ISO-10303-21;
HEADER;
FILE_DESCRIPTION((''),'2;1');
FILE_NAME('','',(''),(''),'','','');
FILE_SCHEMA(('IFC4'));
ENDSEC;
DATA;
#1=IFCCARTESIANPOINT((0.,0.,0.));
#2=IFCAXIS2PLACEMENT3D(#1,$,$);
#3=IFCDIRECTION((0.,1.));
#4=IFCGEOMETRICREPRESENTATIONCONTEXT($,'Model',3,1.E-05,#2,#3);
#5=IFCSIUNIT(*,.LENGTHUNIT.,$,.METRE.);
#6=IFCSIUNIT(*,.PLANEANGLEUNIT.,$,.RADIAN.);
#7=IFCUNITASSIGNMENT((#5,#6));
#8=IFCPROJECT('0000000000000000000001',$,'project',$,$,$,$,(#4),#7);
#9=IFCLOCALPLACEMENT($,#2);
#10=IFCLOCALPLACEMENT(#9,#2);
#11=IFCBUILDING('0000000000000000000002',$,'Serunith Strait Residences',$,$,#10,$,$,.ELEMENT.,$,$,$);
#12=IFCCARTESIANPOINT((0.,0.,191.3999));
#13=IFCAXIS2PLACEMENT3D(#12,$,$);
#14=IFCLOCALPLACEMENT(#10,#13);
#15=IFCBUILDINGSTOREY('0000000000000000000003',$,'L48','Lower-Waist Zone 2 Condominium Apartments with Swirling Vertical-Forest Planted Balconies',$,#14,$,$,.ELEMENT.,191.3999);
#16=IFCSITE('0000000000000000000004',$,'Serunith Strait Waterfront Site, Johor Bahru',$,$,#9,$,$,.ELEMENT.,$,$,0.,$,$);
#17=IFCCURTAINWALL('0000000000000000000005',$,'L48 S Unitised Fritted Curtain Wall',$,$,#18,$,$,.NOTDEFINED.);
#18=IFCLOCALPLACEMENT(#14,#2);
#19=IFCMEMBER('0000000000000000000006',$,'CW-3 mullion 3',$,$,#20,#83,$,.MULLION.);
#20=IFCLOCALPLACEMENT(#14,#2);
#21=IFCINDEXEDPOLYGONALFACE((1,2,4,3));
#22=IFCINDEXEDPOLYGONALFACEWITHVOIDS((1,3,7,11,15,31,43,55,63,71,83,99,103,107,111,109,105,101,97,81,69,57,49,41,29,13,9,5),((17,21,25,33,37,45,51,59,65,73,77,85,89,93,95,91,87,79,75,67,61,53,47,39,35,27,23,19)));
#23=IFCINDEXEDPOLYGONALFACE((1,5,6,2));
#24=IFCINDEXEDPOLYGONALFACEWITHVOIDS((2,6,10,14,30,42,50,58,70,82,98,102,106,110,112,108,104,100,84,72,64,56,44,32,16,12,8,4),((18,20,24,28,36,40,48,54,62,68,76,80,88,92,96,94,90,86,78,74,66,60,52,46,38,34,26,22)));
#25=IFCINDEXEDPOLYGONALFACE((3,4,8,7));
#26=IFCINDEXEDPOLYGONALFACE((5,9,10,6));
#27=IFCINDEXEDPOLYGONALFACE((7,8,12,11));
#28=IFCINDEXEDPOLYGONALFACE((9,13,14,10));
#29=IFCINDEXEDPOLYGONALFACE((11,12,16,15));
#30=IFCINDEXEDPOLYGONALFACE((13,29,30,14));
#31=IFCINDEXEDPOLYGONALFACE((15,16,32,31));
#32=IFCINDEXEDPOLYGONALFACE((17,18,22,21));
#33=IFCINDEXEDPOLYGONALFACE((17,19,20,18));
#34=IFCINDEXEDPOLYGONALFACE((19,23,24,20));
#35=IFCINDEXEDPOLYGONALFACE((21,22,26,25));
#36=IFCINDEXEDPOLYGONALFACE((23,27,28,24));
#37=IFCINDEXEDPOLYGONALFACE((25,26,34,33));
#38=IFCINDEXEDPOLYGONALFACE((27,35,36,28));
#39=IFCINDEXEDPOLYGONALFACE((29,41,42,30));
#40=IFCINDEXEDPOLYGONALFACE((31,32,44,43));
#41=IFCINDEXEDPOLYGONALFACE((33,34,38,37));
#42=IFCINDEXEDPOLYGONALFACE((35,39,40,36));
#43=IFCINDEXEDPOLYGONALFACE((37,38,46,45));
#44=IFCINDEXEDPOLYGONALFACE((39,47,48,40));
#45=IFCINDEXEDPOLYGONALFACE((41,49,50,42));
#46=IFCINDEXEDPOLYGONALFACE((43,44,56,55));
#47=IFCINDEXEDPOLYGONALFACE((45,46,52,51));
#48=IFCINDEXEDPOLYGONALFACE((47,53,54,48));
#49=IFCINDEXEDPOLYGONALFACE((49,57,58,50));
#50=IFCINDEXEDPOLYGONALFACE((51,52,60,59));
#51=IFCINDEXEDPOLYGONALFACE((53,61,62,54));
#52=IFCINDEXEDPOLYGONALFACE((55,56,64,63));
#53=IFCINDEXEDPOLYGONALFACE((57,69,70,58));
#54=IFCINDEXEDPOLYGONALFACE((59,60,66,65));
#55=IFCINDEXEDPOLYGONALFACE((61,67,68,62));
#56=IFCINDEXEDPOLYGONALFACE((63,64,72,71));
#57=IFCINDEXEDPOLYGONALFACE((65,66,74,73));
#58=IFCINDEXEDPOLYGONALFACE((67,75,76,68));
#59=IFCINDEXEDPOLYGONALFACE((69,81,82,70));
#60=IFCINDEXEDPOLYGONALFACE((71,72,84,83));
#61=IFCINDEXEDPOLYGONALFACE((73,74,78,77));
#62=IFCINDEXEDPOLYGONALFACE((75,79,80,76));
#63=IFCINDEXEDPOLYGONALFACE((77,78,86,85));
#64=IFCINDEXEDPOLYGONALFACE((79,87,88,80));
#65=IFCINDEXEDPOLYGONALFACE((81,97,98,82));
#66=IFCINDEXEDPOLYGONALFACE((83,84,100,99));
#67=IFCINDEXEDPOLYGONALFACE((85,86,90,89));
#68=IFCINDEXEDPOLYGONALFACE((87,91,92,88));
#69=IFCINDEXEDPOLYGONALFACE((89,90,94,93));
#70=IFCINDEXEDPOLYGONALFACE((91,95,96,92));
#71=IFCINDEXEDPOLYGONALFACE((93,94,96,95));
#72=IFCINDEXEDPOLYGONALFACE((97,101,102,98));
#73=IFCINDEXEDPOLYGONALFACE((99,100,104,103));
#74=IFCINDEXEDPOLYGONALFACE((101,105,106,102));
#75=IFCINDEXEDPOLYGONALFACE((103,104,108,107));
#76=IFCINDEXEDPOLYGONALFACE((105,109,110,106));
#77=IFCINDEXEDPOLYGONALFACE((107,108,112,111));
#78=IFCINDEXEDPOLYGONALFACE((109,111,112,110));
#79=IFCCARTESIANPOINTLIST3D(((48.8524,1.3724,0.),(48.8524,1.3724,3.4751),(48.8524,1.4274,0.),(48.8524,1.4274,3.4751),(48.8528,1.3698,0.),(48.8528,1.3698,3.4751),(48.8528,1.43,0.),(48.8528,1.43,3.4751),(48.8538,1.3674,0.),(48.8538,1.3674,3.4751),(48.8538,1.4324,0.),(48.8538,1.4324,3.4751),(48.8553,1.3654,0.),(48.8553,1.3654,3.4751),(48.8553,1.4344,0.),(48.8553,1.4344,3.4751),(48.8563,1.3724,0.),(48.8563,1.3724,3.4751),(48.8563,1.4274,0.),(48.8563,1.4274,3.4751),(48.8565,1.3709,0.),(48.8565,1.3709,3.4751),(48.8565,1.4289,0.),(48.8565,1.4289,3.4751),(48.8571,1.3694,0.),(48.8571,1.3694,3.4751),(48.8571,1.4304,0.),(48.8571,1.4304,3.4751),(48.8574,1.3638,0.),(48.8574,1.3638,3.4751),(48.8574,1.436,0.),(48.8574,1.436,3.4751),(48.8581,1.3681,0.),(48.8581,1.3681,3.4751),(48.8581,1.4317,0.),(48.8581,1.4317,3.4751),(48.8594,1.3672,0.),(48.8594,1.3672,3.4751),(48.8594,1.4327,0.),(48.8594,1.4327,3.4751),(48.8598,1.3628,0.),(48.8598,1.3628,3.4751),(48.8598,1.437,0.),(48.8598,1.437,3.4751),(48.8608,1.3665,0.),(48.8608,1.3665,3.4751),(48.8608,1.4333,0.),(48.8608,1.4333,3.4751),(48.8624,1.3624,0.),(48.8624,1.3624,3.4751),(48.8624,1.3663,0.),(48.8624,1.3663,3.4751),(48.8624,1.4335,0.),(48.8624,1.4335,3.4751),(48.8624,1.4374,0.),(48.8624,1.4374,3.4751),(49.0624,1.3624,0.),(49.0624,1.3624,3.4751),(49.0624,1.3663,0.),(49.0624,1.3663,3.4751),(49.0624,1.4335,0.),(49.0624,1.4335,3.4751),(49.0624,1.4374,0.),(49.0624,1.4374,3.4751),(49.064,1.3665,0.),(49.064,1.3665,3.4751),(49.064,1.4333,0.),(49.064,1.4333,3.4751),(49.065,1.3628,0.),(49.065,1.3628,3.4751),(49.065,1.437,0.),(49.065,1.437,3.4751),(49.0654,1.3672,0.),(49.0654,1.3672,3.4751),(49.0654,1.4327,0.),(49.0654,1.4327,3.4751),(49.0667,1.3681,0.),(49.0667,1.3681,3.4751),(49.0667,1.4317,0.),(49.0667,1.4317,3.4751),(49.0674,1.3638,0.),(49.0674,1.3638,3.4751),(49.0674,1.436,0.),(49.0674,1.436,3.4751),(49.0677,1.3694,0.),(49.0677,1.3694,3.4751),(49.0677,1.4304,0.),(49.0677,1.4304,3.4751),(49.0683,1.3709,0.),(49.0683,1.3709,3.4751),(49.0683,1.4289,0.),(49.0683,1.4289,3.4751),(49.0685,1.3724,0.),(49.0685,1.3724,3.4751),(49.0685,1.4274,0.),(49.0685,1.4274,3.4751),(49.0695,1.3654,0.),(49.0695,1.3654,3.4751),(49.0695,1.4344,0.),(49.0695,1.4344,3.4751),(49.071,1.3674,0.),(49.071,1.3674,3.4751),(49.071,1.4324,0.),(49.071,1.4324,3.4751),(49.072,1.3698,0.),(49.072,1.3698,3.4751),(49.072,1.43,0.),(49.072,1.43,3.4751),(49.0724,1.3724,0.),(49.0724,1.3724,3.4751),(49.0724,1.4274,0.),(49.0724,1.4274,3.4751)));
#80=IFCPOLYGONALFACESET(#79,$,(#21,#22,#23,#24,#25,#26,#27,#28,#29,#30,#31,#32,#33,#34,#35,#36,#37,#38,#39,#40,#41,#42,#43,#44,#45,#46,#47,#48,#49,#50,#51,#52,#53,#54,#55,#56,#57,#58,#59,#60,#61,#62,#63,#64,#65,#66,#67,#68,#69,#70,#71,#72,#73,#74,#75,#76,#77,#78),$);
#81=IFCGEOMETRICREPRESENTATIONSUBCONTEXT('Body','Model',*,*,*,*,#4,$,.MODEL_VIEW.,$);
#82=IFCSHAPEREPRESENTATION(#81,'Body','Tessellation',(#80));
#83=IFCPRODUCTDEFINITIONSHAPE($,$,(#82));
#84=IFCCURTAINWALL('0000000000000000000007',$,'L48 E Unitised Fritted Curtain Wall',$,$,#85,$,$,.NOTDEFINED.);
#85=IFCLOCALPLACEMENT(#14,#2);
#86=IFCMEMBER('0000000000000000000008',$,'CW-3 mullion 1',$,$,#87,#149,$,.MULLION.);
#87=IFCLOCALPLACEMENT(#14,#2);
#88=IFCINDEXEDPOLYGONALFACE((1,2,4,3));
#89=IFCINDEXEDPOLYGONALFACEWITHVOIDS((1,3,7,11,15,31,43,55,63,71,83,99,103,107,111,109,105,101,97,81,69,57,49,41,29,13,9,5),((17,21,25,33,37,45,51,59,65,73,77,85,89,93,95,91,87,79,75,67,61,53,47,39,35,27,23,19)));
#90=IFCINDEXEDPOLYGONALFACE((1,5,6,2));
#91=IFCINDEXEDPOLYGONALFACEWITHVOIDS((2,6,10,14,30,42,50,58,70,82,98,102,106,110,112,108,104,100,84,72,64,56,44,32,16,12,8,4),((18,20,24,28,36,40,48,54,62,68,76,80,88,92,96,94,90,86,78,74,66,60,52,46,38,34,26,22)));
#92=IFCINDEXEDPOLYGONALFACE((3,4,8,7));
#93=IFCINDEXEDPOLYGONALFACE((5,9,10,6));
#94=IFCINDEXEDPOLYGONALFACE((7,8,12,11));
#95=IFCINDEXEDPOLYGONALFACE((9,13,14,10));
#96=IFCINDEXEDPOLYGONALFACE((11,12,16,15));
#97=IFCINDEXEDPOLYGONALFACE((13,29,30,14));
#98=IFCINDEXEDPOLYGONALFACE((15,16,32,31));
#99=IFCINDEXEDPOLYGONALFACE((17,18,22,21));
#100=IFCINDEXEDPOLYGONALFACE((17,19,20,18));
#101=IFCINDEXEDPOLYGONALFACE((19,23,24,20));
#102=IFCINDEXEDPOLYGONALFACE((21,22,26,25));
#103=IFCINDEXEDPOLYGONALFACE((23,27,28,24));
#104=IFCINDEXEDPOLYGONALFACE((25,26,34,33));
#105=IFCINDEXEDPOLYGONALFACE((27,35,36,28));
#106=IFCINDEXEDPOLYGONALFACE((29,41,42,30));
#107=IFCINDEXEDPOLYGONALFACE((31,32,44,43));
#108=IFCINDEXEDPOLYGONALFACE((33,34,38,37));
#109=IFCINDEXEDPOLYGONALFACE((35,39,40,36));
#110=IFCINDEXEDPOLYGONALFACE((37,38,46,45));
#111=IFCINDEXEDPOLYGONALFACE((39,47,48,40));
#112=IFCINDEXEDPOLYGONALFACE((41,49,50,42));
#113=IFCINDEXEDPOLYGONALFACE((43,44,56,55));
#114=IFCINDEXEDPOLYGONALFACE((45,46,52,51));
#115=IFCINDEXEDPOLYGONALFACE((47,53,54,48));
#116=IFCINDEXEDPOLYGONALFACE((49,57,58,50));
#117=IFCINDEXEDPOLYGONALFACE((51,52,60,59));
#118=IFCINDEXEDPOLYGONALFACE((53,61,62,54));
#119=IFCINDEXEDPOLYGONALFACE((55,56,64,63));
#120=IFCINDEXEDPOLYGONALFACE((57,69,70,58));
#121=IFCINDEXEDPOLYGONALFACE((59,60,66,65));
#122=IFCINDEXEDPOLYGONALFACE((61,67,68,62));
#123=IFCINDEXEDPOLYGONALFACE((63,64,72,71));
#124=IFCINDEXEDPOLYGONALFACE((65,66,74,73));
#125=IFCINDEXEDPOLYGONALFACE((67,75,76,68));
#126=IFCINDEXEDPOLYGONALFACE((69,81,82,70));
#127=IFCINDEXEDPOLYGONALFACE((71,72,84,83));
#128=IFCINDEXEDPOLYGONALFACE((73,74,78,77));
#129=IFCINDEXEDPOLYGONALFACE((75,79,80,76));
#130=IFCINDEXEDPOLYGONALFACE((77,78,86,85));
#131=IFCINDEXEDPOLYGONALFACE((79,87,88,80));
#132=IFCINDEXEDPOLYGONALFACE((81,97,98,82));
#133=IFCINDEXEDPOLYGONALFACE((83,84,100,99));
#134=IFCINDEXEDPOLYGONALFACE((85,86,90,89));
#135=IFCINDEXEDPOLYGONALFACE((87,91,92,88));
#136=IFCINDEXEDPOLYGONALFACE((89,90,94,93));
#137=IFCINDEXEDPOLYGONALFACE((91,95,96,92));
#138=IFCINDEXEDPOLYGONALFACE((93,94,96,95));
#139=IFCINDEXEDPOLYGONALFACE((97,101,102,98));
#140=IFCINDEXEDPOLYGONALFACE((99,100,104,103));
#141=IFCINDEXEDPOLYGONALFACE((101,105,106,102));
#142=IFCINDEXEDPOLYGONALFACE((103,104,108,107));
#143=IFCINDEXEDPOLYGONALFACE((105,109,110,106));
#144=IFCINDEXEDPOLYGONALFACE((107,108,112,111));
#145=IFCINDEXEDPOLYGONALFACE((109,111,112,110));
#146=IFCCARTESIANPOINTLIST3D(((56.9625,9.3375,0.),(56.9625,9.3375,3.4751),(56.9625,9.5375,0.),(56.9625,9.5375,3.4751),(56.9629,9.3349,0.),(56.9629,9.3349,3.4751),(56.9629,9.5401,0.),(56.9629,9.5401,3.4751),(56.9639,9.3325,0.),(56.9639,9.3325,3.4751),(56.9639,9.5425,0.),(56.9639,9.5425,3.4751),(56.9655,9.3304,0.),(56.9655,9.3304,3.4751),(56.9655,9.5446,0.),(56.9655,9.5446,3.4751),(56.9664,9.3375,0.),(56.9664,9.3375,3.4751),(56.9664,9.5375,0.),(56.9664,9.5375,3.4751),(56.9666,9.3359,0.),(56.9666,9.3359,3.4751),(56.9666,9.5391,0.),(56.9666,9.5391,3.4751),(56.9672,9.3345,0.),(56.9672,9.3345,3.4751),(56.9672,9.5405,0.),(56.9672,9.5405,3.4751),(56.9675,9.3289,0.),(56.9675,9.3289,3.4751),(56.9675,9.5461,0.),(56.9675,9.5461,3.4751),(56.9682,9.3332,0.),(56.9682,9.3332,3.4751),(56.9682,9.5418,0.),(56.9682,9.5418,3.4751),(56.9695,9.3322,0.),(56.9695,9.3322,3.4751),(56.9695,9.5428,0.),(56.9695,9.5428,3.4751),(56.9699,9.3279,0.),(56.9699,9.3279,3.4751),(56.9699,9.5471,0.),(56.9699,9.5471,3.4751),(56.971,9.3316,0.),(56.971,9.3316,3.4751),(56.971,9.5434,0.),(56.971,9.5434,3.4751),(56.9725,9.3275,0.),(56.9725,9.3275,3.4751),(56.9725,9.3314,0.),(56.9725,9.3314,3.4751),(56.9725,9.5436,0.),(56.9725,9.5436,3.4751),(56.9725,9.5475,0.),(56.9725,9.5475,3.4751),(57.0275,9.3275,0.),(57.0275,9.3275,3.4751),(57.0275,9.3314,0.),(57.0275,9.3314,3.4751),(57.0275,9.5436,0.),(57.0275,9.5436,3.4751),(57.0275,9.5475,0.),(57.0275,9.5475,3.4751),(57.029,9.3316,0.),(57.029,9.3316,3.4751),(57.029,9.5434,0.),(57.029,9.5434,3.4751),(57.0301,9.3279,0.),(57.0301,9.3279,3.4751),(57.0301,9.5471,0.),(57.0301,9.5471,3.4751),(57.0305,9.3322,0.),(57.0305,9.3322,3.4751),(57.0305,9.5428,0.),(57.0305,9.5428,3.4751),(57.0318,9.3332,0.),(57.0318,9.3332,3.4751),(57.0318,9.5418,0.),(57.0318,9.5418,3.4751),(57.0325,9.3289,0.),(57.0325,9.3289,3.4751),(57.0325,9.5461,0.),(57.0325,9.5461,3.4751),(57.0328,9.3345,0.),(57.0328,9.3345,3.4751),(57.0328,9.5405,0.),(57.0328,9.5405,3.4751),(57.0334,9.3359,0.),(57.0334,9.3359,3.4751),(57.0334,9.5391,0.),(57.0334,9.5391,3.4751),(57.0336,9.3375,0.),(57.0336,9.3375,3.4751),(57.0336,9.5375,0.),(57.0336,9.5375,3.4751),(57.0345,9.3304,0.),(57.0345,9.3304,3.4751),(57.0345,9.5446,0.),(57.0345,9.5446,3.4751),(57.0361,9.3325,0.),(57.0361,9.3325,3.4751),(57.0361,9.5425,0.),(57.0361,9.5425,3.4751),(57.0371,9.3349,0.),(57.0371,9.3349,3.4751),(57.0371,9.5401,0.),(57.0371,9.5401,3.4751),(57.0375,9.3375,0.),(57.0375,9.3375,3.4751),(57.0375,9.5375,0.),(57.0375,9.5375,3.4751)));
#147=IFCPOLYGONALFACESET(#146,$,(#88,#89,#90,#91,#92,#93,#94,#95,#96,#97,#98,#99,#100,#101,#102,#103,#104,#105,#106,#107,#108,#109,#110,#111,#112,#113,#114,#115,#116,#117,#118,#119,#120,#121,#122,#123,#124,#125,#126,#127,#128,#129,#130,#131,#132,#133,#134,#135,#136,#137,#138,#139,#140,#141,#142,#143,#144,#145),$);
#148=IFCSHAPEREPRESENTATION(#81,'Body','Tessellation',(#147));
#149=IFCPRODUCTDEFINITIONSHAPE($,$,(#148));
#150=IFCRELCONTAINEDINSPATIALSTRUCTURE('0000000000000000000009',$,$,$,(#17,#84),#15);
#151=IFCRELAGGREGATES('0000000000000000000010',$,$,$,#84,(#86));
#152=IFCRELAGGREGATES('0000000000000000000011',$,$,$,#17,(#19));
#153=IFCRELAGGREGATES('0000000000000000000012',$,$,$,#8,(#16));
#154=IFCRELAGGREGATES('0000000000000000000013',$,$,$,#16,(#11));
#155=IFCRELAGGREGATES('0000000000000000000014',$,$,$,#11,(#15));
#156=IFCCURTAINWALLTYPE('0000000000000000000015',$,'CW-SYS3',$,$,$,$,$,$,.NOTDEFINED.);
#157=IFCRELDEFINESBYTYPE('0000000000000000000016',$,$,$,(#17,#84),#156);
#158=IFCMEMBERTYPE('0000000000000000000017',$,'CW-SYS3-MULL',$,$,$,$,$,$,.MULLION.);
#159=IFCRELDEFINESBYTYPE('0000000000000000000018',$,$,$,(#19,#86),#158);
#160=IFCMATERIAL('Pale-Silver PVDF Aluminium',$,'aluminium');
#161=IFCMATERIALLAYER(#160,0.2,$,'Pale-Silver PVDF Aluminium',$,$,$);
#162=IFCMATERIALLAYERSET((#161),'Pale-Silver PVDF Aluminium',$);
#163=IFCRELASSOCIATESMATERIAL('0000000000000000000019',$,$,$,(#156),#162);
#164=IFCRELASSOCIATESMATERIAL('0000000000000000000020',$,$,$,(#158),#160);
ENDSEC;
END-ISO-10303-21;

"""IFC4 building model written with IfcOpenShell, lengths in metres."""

from ifc_helpers import new_model, si_unit, direction, frame, origin, origin_2d, place, context, subcontext, project, spatial, hollow_rectangle, extrude, source, transform, mapped, material, layer, layer_set, material_profile, profile_set, type_object, element, aggregate, save


model = new_model("IFC4")

# Units and contexts
model_context = context("Model", 3, precision=1e-05, world=origin(), true_north=direction((0.0, 1.0)))
body_context = subcontext(model_context, "Body", "Model", "MODEL_VIEW")
ifc_project = project(units=[si_unit("LENGTHUNIT", "METRE"), si_unit("PLANEANGLEUNIT", "RADIAN")], contexts=[model_context])

# Site, building, storey
site_placement = place(None, origin())
site = spatial("IfcSite", under=ifc_project, at=site_placement, Name="Serunith Strait Waterfront Site, Johor Bahru", CompositionType="ELEMENT", RefElevation=0.0)
building_placement = place(site_placement, origin())
building = spatial("IfcBuilding", under=site, at=building_placement, Name="Serunith Strait Residences", CompositionType="ELEMENT")
storey_placement = place(building_placement, frame((0.0, 0.0, 191.3999)))
storey = spatial("IfcBuildingStorey", under=building, at=storey_placement, Name="L48", Description="Lower-Waist Zone 2 Condominium Apartments with Swirling Vertical-Forest Planted Balconies", CompositionType="ELEMENT", Elevation=191.3999)

# Curtain wall, member
ifc_material_1 = material(Name="Pale-Silver PVDF Aluminium", Category="aluminium")
ifc_layer_1 = layer(ifc_material_1, 0.2, Name="Pale-Silver PVDF Aluminium")
ifc_layer_set_1 = layer_set([ifc_layer_1], Name="Pale-Silver PVDF Aluminium")
curtain_wall_type = type_object("IfcCurtainWallType", Name="CW-SYS3", PredefinedType="NOTDEFINED", material=ifc_layer_set_1)
curtain_wall_1_placement = place(storey_placement, origin())
curtain_wall_1 = element("IfcCurtainWall", 1, at=curtain_wall_1_placement, inside=storey, type_object=curtain_wall_type, Name="L48 S Unitised Fritted Curtain Wall", PredefinedType="NOTDEFINED")
ifc_material_profile_1 = material_profile(ifc_material_1, hollow_rectangle(XDim=0.075, YDim=0.22, WallThickness=0.0039, InnerFilletRadius=0.0061, OuterFilletRadius=0.01, at=origin_2d()), Name="ALU 220x75x4")
ifc_profile_set_1 = profile_set([ifc_material_profile_1], Name="Pale-Silver PVDF Aluminium")
member_type_1 = type_object("IfcMemberType", Name="CW-SYS3-MULL", PredefinedType="MULLION", material=ifc_profile_set_1)
shared_shape_1 = source(origin(), body_context, "Body", "SweptSolid", [
    extrude(hollow_rectangle(XDim=0.075, YDim=0.22, WallThickness=0.0039, InnerFilletRadius=0.0061, OuterFilletRadius=0.01, at=origin_2d()), origin(), (0.0, 0.0, 1.0), 3.4751),
])
member_1_placement = place(storey_placement, frame((48.9624, 1.3999, 0.0), z_axis=(0.0, 0.0, 1.0), x_axis=(0.0, 1.0, 0.0)))
member_1 = element("IfcMember", 2, at=member_1_placement, type_object=member_type_1, Name="CW-3 mullion 3", PredefinedType="MULLION", context=body_context, shape_type="MappedRepresentation", body=[
    mapped(shared_shape_1, transform((0.0, 0.0, 0.0), scale=1.0)),
])

# Curtain wall, member
curtain_wall_2_placement = place(storey_placement, origin())
curtain_wall_2 = element("IfcCurtainWall", 3, at=curtain_wall_2_placement, inside=storey, type_object=curtain_wall_type, Name="L48 E Unitised Fritted Curtain Wall", PredefinedType="NOTDEFINED")
member_2_placement = place(storey_placement, frame((57.0, 9.4375, 0.0), z_axis=(0.0, 0.0, 1.0), x_axis=(-1.0, 0.0, 0.0)))
member_2 = element("IfcMember", 4, at=member_2_placement, type_object=member_type_1, Name="CW-3 mullion 1", PredefinedType="MULLION", context=body_context, shape_type="MappedRepresentation", body=[
    mapped(shared_shape_1, transform((0.0, 0.0, 0.0), scale=1.0)),
])
aggregate(curtain_wall_2, [member_2])

aggregate(curtain_wall_1, [member_1])

save(model, "model.ifc")
